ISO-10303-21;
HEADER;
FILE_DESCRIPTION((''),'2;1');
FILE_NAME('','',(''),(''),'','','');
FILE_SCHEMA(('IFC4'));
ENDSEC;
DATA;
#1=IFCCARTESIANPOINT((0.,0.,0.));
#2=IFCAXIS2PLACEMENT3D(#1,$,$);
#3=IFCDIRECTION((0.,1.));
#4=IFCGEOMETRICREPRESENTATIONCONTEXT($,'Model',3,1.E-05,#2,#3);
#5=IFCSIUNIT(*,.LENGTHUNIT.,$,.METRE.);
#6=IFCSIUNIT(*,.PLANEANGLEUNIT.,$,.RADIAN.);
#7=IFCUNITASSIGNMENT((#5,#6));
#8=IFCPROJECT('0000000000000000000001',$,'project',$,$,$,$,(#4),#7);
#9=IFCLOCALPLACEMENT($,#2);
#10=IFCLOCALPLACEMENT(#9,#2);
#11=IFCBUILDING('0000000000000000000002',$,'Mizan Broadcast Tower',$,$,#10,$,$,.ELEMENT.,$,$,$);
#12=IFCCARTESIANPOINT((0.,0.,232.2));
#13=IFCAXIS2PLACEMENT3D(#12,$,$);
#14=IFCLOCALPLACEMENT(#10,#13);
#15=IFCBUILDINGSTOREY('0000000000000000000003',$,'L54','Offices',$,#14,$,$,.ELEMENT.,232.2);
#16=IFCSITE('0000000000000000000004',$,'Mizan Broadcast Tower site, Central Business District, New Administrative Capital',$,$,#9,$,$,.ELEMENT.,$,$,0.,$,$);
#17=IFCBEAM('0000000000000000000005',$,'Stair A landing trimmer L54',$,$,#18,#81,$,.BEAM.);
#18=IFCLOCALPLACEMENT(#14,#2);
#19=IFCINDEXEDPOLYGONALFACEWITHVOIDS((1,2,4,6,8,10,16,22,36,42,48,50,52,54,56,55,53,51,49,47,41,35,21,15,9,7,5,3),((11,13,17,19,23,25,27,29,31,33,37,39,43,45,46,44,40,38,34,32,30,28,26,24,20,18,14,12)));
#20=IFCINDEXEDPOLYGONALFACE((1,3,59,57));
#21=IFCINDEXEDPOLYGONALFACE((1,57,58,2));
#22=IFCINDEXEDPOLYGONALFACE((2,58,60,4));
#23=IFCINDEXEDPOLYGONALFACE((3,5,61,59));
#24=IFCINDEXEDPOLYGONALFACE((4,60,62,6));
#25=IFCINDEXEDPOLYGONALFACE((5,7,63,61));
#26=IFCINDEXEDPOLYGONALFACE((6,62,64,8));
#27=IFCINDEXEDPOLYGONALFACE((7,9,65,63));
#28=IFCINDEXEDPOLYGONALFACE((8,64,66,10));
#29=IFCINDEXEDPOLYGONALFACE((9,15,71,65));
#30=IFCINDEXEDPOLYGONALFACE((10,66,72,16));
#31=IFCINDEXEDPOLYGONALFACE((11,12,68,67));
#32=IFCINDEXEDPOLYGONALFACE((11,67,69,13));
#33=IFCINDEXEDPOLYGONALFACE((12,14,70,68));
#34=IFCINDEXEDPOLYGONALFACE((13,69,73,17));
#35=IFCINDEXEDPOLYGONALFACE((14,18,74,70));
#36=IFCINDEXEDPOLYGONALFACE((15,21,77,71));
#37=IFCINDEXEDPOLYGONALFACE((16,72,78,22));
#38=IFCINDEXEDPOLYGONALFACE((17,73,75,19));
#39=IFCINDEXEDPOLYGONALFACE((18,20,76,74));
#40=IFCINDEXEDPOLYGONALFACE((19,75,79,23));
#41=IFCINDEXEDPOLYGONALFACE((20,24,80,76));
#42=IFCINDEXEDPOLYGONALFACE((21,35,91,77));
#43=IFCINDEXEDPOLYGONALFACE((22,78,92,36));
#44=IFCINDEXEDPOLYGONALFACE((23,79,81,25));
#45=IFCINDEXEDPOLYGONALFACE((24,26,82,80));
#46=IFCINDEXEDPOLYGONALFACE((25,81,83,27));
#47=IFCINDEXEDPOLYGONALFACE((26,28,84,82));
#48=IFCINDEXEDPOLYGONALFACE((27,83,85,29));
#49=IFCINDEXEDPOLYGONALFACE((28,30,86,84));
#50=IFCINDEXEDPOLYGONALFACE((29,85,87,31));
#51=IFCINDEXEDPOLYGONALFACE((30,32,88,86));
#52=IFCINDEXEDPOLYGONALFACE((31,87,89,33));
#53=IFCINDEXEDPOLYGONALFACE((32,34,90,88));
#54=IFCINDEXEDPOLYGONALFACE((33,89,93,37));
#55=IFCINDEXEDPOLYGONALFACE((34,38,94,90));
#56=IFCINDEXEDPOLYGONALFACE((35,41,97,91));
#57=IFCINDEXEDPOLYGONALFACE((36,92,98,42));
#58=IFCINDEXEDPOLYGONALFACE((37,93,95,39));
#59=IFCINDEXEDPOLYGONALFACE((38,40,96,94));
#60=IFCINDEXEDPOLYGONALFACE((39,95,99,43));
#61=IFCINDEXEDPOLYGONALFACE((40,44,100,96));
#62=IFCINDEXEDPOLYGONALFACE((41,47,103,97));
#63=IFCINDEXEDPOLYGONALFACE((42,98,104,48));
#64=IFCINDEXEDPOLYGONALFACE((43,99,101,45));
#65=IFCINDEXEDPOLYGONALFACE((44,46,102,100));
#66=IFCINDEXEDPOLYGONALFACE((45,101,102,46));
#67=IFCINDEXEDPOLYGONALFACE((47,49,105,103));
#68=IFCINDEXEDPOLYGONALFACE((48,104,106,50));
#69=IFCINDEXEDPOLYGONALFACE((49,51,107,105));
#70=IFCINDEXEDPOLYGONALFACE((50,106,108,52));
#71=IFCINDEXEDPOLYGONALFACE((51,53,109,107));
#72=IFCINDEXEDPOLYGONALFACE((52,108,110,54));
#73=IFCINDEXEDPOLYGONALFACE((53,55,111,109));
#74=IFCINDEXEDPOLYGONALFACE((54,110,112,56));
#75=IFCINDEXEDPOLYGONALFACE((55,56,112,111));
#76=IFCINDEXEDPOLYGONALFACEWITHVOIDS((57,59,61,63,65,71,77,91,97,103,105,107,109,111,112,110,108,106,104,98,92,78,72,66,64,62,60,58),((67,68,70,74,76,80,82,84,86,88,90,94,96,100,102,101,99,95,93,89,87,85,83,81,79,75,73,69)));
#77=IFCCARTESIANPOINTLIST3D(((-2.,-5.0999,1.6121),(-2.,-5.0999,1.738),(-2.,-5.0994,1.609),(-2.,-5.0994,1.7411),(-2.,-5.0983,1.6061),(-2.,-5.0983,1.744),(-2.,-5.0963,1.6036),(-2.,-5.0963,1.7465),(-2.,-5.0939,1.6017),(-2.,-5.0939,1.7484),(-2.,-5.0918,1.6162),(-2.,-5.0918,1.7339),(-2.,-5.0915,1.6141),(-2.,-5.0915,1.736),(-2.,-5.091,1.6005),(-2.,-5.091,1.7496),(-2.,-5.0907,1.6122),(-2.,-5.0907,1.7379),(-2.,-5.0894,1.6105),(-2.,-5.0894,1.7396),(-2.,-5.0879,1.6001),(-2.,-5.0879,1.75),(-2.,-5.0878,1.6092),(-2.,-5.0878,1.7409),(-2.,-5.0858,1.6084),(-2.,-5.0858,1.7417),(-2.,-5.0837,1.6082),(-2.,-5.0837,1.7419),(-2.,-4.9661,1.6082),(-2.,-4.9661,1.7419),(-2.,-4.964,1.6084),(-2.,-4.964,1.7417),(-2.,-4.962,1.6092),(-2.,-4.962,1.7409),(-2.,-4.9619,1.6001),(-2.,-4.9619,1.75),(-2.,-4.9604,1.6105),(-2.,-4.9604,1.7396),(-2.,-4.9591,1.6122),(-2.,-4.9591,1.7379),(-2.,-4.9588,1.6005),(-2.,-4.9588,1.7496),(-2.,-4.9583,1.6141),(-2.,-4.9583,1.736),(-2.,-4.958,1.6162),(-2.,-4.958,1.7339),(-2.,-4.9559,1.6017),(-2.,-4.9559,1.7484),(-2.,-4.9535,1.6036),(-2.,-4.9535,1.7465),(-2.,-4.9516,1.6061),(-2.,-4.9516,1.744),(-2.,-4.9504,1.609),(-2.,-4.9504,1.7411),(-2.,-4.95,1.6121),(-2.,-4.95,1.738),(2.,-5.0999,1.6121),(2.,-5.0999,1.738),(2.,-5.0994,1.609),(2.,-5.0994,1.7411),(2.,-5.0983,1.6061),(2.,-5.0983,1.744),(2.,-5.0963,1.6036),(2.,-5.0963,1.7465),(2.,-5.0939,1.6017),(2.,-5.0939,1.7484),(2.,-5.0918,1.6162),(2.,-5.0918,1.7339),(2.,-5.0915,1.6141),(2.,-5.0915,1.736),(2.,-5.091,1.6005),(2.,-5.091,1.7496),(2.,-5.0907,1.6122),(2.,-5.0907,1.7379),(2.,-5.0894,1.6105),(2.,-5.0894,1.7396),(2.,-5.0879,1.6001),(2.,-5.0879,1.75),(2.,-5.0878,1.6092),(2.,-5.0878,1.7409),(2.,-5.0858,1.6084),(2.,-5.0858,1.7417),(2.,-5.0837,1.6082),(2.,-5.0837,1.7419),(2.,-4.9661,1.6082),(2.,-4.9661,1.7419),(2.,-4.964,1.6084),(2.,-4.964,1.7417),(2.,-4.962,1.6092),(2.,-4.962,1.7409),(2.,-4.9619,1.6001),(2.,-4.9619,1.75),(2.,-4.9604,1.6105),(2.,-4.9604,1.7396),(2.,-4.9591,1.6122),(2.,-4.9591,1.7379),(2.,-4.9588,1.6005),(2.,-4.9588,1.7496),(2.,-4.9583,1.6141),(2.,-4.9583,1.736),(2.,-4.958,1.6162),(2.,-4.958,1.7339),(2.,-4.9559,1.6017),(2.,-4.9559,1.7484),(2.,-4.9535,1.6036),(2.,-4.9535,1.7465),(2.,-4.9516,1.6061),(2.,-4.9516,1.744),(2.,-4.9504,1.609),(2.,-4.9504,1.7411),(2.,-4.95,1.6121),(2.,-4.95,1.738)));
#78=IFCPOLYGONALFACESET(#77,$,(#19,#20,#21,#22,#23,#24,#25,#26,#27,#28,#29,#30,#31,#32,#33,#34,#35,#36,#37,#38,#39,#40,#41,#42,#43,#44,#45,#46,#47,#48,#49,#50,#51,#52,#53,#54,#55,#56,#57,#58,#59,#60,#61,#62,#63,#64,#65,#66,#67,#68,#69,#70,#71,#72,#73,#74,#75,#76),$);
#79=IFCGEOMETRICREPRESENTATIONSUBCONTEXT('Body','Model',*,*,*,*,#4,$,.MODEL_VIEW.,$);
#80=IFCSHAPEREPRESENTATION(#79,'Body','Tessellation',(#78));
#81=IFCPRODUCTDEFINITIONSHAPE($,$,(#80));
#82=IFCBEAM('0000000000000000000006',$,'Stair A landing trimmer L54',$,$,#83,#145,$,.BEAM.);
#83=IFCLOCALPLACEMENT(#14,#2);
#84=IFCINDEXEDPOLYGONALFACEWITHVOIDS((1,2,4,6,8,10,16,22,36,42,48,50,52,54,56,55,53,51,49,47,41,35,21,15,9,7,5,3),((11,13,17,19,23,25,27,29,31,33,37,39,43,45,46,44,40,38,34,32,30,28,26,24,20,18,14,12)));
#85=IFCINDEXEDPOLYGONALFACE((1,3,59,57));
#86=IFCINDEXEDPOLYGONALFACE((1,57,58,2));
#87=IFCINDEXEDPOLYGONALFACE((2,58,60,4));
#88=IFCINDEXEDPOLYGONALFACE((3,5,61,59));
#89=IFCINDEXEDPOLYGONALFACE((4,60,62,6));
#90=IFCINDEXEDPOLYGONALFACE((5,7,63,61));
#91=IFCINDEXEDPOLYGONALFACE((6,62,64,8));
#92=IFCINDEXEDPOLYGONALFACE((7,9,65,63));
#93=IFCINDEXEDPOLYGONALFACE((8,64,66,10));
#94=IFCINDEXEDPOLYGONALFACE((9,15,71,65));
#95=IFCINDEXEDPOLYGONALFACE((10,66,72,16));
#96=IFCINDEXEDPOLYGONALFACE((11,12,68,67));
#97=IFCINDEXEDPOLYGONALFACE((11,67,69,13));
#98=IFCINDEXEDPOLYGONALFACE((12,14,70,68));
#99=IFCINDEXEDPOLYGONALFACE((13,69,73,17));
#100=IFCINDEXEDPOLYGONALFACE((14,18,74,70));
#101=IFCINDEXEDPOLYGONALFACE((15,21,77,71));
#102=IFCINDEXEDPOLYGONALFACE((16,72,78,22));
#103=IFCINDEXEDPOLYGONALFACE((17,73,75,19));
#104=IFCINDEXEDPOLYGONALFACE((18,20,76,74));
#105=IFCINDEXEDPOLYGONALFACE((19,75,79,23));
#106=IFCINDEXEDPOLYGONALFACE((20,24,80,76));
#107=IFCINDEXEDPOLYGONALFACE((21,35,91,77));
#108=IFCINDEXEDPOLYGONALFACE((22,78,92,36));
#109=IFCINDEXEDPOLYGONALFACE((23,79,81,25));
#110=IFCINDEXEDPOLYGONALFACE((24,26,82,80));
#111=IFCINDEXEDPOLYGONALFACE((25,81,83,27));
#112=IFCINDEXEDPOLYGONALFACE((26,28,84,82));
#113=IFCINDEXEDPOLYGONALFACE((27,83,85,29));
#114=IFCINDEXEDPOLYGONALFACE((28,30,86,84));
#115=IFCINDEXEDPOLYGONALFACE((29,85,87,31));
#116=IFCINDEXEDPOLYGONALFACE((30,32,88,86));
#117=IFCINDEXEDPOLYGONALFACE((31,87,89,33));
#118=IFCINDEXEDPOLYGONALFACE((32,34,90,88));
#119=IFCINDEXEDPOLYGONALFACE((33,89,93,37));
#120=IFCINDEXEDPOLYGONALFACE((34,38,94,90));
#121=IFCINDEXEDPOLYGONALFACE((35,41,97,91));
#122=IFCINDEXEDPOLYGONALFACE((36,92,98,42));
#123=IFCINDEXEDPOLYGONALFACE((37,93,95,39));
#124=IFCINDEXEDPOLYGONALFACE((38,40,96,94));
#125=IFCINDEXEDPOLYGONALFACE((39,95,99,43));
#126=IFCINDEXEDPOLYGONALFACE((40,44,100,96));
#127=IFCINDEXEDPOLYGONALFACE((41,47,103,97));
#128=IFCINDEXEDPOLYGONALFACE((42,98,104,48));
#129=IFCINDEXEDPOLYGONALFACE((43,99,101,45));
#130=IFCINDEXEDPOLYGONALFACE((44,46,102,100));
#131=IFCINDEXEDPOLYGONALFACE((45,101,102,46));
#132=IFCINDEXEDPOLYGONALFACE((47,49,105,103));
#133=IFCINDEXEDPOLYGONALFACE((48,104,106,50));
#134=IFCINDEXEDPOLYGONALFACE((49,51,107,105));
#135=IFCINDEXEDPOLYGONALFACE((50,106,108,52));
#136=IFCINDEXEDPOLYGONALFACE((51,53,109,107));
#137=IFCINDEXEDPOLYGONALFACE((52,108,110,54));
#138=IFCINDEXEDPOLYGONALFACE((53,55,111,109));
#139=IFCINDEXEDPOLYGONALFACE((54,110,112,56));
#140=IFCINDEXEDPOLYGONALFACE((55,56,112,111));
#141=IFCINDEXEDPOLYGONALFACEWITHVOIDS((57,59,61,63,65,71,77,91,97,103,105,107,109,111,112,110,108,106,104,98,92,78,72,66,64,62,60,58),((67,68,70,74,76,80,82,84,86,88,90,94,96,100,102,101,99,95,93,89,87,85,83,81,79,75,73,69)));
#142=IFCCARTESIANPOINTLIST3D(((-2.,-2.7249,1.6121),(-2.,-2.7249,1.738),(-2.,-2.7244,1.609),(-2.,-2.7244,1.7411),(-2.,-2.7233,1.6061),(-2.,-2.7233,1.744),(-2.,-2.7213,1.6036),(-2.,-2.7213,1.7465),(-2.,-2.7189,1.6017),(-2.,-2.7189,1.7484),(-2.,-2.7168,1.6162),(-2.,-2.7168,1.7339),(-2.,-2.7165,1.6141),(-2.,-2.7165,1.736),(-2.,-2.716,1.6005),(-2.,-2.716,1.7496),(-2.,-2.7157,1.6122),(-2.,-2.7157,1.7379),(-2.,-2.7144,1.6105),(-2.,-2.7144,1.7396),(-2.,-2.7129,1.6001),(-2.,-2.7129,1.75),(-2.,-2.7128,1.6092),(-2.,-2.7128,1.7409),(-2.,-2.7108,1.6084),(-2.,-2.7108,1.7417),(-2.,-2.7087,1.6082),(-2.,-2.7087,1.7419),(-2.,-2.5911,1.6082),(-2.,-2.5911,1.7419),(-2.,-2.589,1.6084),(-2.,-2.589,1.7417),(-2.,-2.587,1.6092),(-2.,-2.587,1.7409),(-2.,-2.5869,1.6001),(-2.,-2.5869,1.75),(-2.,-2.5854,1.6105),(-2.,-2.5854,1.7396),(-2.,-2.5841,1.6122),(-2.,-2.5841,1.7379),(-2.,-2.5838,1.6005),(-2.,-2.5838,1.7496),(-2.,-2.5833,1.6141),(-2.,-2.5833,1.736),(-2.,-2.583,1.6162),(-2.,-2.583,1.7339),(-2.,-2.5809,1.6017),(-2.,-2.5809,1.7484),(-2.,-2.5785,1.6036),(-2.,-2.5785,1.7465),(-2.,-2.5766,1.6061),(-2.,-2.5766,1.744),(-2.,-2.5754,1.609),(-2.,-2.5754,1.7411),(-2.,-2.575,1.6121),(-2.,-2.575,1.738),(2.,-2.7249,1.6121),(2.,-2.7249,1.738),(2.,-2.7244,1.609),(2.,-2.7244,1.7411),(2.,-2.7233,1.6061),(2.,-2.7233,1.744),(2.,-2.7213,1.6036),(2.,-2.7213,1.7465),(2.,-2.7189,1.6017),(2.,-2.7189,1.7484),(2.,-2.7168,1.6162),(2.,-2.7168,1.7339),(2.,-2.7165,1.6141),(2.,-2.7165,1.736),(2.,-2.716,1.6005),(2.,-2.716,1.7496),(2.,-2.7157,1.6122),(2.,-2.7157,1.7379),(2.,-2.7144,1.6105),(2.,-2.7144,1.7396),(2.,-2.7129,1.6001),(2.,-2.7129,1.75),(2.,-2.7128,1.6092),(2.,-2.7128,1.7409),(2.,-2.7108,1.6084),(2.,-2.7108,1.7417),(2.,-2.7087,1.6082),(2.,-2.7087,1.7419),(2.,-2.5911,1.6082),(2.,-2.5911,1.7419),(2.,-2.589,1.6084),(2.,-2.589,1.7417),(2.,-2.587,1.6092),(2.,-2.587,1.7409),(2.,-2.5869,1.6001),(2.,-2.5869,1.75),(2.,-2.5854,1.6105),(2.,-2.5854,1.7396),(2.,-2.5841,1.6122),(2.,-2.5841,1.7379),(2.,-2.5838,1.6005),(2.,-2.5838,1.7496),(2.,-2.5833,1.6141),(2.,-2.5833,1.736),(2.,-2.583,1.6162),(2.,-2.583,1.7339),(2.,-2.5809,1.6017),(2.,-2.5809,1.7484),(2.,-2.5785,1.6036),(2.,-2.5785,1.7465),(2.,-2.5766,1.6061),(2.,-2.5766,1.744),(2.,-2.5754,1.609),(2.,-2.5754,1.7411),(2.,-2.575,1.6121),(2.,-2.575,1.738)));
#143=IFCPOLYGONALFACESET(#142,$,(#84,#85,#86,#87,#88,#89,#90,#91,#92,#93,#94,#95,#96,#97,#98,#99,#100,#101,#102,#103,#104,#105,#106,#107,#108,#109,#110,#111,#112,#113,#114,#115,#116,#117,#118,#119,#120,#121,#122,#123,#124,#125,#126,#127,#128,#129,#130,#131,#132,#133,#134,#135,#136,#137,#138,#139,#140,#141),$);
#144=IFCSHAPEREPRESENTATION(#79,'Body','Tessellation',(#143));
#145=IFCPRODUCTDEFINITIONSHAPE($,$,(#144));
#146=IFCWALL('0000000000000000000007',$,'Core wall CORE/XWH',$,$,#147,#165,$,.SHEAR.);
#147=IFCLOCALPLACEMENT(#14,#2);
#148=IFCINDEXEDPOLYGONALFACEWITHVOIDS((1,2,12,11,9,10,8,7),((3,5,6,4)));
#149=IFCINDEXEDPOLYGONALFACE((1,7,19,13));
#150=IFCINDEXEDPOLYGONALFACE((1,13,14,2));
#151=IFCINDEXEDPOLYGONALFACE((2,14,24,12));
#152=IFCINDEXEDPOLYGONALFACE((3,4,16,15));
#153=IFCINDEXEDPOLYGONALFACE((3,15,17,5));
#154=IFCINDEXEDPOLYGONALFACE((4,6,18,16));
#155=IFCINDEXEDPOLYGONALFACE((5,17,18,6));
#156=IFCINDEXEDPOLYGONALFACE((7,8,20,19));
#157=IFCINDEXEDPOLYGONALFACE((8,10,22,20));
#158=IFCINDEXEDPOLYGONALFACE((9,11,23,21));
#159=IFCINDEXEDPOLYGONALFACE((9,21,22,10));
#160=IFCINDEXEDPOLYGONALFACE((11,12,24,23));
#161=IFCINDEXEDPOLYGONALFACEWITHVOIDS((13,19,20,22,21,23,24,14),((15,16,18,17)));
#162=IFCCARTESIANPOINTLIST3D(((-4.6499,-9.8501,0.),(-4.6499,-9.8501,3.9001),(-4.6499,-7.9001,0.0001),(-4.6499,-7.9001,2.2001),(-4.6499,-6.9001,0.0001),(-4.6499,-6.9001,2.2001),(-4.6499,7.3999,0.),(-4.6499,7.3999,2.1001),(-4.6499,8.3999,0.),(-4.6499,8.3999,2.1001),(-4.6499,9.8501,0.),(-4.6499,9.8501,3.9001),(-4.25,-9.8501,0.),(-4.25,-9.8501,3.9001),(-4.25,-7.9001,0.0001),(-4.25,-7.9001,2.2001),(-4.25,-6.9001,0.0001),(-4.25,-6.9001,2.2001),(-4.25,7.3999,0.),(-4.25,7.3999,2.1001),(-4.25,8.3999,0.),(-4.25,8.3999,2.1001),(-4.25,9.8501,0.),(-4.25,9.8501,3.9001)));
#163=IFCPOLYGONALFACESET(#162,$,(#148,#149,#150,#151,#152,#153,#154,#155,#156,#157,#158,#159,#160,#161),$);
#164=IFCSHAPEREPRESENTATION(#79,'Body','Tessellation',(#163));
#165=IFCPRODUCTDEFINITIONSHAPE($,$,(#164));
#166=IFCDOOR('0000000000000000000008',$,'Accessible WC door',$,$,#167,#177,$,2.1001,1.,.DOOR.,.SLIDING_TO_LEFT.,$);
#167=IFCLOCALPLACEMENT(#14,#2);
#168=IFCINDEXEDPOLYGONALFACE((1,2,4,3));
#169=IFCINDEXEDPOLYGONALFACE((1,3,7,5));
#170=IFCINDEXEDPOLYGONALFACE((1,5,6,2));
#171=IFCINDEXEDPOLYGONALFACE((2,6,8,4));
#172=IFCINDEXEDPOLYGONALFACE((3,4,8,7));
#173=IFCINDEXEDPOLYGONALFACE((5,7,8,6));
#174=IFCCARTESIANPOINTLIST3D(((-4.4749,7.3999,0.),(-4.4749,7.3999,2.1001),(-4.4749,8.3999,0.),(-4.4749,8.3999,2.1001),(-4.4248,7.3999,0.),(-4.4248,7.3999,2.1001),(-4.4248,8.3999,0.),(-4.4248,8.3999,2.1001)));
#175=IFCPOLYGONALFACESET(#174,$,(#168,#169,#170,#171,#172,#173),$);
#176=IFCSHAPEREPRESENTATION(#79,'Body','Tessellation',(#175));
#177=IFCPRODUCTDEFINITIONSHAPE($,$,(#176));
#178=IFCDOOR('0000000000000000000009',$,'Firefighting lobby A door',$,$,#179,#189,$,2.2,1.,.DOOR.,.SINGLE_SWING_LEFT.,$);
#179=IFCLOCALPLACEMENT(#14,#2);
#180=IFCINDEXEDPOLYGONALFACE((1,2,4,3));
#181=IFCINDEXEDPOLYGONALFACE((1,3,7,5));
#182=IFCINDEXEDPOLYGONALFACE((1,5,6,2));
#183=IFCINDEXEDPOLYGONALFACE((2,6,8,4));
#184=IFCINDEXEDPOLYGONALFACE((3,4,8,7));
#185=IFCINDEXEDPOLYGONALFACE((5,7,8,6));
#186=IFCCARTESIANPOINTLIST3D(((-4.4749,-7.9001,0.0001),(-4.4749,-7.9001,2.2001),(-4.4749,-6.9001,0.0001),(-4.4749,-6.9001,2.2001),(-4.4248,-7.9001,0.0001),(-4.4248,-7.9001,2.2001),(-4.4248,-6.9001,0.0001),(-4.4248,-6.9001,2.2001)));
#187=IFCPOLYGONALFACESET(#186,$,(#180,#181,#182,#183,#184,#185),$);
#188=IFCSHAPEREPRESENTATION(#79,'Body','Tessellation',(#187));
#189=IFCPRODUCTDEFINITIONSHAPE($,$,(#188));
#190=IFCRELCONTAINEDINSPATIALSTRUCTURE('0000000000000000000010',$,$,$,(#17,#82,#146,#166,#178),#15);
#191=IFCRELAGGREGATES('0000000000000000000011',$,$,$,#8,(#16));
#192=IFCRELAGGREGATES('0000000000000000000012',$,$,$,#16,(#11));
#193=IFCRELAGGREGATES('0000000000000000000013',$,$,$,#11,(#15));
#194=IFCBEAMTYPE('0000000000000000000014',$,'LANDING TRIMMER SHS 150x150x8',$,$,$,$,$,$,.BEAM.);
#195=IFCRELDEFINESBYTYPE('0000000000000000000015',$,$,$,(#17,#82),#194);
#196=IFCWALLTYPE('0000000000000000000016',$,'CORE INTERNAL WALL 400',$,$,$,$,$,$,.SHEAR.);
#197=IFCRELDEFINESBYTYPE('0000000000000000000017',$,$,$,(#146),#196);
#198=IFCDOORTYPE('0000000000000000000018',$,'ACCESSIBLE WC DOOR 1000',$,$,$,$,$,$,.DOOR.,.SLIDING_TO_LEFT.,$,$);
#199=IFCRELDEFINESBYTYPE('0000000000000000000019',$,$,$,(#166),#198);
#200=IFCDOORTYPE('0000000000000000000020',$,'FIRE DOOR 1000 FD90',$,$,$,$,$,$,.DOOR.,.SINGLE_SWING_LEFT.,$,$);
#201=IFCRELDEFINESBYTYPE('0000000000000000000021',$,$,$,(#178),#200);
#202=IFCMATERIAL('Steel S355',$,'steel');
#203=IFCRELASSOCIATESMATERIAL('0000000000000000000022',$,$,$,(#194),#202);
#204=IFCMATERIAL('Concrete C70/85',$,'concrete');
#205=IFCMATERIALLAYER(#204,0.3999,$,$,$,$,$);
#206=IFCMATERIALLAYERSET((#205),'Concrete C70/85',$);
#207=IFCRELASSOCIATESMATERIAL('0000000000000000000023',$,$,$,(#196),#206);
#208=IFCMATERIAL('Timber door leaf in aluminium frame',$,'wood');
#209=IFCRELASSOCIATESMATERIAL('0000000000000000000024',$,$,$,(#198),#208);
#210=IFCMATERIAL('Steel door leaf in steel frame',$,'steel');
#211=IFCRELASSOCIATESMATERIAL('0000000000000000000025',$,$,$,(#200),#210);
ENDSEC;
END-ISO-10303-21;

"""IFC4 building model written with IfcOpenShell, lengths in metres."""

from ifc_helpers import new_model, si_unit, direction, frame, frame_2d, origin, origin_2d, place, context, subcontext, project, spatial, rectangle, hollow_rectangle, extrude, material, layer, layer_set, material_profile, profile_set, type_object, element, fill, save


model = new_model("IFC4")

# Units and contexts
model_context = context("Model", 3, precision=1e-05, world=origin(), true_north=direction((0.0, 1.0)))
body_context = subcontext(model_context, "Body", "Model", "MODEL_VIEW")
ifc_project = project(units=[si_unit("LENGTHUNIT", "METRE"), si_unit("PLANEANGLEUNIT", "RADIAN")], contexts=[model_context])

# Site, building, storey
site_placement = place(None, origin())
site = spatial("IfcSite", under=ifc_project, at=site_placement, Name="Mizan Broadcast Tower site, Central Business District, New Administrative Capital", CompositionType="ELEMENT", RefElevation=0.0)
building_placement = place(site_placement, origin())
building = spatial("IfcBuilding", under=site, at=building_placement, Name="Mizan Broadcast Tower", CompositionType="ELEMENT")
storey_placement = place(building_placement, frame((0.0, 0.0, 232.2)))
storey = spatial("IfcBuildingStorey", under=building, at=storey_placement, Name="L54", Description="Offices", CompositionType="ELEMENT", Elevation=232.2)

# Beams
ifc_material_1 = material(Name="Steel S355", Category="steel")
ifc_material_profile = material_profile(ifc_material_1, hollow_rectangle(XDim=0.1499, YDim=0.1499, WallThickness=0.0081, InnerFilletRadius=0.0081, OuterFilletRadius=0.012, at=origin_2d()), Name="SHS 150x150x8")
ifc_profile_set = profile_set([ifc_material_profile], Name="Steel S355")
beam_type = type_object("IfcBeamType", Name="LANDING TRIMMER SHS 150x150x8", PredefinedType="BEAM", material=ifc_profile_set)
for number, where, z_axis, x_axis, name in (
    (1, (-2.0, -5.0249, 1.675), (1.0, 0.0, 0.0), (0.0, 1.0, 0.0), "Stair A landing trimmer L54"),
    (2, (-2.0, -2.6499, 1.675), (1.0, 0.0, 0.0), (0.0, 1.0, 0.0), "Stair A landing trimmer L54"),
):
    element("IfcBeam", number, at=place(storey_placement, frame(where, z_axis=z_axis, x_axis=x_axis)), inside=storey, type_object=beam_type, Name=name, PredefinedType="BEAM", context=body_context, shape_type="SweptSolid", body=[
        extrude(hollow_rectangle(XDim=0.1499, YDim=0.1499, WallThickness=0.0081, InnerFilletRadius=0.0081, OuterFilletRadius=0.012, at=origin_2d()), origin(), (0.0, 0.0, 1.0), 4.0),
    ])

# Wall, openings, doors
ifc_material_2 = material(Name="Concrete C70/85", Category="concrete")
ifc_layer_1 = layer(ifc_material_2, 0.3999)
ifc_layer_set_1 = layer_set([ifc_layer_1], Name="Concrete C70/85")
wall_type_1 = type_object("IfcWallType", Name="CORE INTERNAL WALL 400", PredefinedType="SHEAR", material=ifc_layer_set_1)
wall_1_placement = place(storey_placement, frame((-4.45, -9.8501, 0.0), z_axis=(0.0, 0.0, 1.0), x_axis=(0.0, 1.0, 0.0)))
wall_1 = element("IfcWall", 3, at=wall_1_placement, inside=storey, type_object=wall_type_1, Name="Core wall CORE/XWH", PredefinedType="SHEAR", context=body_context, shape_type="SweptSolid", body=[
    extrude(rectangle(XDim=19.7002, YDim=0.3999, at=frame_2d((9.8501, 0.0))), origin(), (0.0, 0.0, 1.0), 3.9001),
])
opening_1_placement = place(wall_1_placement, frame((1.95, 0.0, 0.0)))
opening_1 = element("IfcOpeningElement", 4, at=opening_1_placement, cuts=wall_1, PredefinedType="OPENING", context=body_context, shape_type="SweptSolid", body=[
    extrude(rectangle(XDim=1.0, YDim=2.2, at=frame_2d((0.5, 1.1001))), frame((0.0, 0.21, 0.0), z_axis=(0.0, -1.0, 0.0), x_axis=(1.0, 0.0, 0.0)), (0.0, 0.0, 1.0), 0.4199),
])
opening_2_placement = place(wall_1_placement, frame((17.25, 0.0, 0.0)))
opening_2 = element("IfcOpeningElement", 5, at=opening_2_placement, cuts=wall_1, PredefinedType="OPENING", context=body_context, shape_type="SweptSolid", body=[
    extrude(rectangle(XDim=1.0, YDim=2.1001, at=frame_2d((0.5, 1.05))), frame((0.0, 0.21, 0.0), z_axis=(0.0, -1.0, 0.0), x_axis=(1.0, 0.0, 0.0)), (0.0, 0.0, 1.0), 0.4199),
])
ifc_material_3 = material(Name="Timber door leaf in aluminium frame", Category="wood")
door_type_1 = type_object("IfcDoorType", Name="ACCESSIBLE WC DOOR 1000", OperationType="SLIDING_TO_LEFT", PredefinedType="DOOR", material=ifc_material_3)
door_1_placement = place(opening_2_placement, origin())
door_1 = element("IfcDoor", 6, at=door_1_placement, inside=storey, type_object=door_type_1, Name="Accessible WC door", OperationType="SLIDING_TO_LEFT", OverallHeight=2.1001, OverallWidth=1.0, PredefinedType="DOOR", context=body_context, shape_type="SweptSolid", body=[
    extrude(rectangle(XDim=1.0, YDim=2.1001, at=frame_2d((0.5, 1.05))), frame((0.0, 0.0249, 0.0), z_axis=(0.0, -1.0, 0.0), x_axis=(1.0, 0.0, 0.0)), (0.0, 0.0, 1.0), 0.05),
])
fill(opening_2, door_1)
ifc_material_4 = material(Name="Steel door leaf in steel frame", Category="steel")
door_type_2 = type_object("IfcDoorType", Name="FIRE DOOR 1000 FD90", OperationType="SINGLE_SWING_LEFT", PredefinedType="DOOR", material=ifc_material_4)
door_2_placement = place(opening_1_placement, origin())
door_2 = element("IfcDoor", 7, at=door_2_placement, inside=storey, type_object=door_type_2, Name="Firefighting lobby A door", OperationType="SINGLE_SWING_LEFT", OverallHeight=2.2, OverallWidth=1.0, PredefinedType="DOOR", context=body_context, shape_type="SweptSolid", body=[
    extrude(rectangle(XDim=1.0, YDim=2.2, at=frame_2d((0.5, 1.1001))), frame((0.0, 0.0249, 0.0), z_axis=(0.0, -1.0, 0.0), x_axis=(1.0, 0.0, 0.0)), (0.0, 0.0, 1.0), 0.05),
])
fill(opening_1, door_2)

save(model, "model.ifc")
